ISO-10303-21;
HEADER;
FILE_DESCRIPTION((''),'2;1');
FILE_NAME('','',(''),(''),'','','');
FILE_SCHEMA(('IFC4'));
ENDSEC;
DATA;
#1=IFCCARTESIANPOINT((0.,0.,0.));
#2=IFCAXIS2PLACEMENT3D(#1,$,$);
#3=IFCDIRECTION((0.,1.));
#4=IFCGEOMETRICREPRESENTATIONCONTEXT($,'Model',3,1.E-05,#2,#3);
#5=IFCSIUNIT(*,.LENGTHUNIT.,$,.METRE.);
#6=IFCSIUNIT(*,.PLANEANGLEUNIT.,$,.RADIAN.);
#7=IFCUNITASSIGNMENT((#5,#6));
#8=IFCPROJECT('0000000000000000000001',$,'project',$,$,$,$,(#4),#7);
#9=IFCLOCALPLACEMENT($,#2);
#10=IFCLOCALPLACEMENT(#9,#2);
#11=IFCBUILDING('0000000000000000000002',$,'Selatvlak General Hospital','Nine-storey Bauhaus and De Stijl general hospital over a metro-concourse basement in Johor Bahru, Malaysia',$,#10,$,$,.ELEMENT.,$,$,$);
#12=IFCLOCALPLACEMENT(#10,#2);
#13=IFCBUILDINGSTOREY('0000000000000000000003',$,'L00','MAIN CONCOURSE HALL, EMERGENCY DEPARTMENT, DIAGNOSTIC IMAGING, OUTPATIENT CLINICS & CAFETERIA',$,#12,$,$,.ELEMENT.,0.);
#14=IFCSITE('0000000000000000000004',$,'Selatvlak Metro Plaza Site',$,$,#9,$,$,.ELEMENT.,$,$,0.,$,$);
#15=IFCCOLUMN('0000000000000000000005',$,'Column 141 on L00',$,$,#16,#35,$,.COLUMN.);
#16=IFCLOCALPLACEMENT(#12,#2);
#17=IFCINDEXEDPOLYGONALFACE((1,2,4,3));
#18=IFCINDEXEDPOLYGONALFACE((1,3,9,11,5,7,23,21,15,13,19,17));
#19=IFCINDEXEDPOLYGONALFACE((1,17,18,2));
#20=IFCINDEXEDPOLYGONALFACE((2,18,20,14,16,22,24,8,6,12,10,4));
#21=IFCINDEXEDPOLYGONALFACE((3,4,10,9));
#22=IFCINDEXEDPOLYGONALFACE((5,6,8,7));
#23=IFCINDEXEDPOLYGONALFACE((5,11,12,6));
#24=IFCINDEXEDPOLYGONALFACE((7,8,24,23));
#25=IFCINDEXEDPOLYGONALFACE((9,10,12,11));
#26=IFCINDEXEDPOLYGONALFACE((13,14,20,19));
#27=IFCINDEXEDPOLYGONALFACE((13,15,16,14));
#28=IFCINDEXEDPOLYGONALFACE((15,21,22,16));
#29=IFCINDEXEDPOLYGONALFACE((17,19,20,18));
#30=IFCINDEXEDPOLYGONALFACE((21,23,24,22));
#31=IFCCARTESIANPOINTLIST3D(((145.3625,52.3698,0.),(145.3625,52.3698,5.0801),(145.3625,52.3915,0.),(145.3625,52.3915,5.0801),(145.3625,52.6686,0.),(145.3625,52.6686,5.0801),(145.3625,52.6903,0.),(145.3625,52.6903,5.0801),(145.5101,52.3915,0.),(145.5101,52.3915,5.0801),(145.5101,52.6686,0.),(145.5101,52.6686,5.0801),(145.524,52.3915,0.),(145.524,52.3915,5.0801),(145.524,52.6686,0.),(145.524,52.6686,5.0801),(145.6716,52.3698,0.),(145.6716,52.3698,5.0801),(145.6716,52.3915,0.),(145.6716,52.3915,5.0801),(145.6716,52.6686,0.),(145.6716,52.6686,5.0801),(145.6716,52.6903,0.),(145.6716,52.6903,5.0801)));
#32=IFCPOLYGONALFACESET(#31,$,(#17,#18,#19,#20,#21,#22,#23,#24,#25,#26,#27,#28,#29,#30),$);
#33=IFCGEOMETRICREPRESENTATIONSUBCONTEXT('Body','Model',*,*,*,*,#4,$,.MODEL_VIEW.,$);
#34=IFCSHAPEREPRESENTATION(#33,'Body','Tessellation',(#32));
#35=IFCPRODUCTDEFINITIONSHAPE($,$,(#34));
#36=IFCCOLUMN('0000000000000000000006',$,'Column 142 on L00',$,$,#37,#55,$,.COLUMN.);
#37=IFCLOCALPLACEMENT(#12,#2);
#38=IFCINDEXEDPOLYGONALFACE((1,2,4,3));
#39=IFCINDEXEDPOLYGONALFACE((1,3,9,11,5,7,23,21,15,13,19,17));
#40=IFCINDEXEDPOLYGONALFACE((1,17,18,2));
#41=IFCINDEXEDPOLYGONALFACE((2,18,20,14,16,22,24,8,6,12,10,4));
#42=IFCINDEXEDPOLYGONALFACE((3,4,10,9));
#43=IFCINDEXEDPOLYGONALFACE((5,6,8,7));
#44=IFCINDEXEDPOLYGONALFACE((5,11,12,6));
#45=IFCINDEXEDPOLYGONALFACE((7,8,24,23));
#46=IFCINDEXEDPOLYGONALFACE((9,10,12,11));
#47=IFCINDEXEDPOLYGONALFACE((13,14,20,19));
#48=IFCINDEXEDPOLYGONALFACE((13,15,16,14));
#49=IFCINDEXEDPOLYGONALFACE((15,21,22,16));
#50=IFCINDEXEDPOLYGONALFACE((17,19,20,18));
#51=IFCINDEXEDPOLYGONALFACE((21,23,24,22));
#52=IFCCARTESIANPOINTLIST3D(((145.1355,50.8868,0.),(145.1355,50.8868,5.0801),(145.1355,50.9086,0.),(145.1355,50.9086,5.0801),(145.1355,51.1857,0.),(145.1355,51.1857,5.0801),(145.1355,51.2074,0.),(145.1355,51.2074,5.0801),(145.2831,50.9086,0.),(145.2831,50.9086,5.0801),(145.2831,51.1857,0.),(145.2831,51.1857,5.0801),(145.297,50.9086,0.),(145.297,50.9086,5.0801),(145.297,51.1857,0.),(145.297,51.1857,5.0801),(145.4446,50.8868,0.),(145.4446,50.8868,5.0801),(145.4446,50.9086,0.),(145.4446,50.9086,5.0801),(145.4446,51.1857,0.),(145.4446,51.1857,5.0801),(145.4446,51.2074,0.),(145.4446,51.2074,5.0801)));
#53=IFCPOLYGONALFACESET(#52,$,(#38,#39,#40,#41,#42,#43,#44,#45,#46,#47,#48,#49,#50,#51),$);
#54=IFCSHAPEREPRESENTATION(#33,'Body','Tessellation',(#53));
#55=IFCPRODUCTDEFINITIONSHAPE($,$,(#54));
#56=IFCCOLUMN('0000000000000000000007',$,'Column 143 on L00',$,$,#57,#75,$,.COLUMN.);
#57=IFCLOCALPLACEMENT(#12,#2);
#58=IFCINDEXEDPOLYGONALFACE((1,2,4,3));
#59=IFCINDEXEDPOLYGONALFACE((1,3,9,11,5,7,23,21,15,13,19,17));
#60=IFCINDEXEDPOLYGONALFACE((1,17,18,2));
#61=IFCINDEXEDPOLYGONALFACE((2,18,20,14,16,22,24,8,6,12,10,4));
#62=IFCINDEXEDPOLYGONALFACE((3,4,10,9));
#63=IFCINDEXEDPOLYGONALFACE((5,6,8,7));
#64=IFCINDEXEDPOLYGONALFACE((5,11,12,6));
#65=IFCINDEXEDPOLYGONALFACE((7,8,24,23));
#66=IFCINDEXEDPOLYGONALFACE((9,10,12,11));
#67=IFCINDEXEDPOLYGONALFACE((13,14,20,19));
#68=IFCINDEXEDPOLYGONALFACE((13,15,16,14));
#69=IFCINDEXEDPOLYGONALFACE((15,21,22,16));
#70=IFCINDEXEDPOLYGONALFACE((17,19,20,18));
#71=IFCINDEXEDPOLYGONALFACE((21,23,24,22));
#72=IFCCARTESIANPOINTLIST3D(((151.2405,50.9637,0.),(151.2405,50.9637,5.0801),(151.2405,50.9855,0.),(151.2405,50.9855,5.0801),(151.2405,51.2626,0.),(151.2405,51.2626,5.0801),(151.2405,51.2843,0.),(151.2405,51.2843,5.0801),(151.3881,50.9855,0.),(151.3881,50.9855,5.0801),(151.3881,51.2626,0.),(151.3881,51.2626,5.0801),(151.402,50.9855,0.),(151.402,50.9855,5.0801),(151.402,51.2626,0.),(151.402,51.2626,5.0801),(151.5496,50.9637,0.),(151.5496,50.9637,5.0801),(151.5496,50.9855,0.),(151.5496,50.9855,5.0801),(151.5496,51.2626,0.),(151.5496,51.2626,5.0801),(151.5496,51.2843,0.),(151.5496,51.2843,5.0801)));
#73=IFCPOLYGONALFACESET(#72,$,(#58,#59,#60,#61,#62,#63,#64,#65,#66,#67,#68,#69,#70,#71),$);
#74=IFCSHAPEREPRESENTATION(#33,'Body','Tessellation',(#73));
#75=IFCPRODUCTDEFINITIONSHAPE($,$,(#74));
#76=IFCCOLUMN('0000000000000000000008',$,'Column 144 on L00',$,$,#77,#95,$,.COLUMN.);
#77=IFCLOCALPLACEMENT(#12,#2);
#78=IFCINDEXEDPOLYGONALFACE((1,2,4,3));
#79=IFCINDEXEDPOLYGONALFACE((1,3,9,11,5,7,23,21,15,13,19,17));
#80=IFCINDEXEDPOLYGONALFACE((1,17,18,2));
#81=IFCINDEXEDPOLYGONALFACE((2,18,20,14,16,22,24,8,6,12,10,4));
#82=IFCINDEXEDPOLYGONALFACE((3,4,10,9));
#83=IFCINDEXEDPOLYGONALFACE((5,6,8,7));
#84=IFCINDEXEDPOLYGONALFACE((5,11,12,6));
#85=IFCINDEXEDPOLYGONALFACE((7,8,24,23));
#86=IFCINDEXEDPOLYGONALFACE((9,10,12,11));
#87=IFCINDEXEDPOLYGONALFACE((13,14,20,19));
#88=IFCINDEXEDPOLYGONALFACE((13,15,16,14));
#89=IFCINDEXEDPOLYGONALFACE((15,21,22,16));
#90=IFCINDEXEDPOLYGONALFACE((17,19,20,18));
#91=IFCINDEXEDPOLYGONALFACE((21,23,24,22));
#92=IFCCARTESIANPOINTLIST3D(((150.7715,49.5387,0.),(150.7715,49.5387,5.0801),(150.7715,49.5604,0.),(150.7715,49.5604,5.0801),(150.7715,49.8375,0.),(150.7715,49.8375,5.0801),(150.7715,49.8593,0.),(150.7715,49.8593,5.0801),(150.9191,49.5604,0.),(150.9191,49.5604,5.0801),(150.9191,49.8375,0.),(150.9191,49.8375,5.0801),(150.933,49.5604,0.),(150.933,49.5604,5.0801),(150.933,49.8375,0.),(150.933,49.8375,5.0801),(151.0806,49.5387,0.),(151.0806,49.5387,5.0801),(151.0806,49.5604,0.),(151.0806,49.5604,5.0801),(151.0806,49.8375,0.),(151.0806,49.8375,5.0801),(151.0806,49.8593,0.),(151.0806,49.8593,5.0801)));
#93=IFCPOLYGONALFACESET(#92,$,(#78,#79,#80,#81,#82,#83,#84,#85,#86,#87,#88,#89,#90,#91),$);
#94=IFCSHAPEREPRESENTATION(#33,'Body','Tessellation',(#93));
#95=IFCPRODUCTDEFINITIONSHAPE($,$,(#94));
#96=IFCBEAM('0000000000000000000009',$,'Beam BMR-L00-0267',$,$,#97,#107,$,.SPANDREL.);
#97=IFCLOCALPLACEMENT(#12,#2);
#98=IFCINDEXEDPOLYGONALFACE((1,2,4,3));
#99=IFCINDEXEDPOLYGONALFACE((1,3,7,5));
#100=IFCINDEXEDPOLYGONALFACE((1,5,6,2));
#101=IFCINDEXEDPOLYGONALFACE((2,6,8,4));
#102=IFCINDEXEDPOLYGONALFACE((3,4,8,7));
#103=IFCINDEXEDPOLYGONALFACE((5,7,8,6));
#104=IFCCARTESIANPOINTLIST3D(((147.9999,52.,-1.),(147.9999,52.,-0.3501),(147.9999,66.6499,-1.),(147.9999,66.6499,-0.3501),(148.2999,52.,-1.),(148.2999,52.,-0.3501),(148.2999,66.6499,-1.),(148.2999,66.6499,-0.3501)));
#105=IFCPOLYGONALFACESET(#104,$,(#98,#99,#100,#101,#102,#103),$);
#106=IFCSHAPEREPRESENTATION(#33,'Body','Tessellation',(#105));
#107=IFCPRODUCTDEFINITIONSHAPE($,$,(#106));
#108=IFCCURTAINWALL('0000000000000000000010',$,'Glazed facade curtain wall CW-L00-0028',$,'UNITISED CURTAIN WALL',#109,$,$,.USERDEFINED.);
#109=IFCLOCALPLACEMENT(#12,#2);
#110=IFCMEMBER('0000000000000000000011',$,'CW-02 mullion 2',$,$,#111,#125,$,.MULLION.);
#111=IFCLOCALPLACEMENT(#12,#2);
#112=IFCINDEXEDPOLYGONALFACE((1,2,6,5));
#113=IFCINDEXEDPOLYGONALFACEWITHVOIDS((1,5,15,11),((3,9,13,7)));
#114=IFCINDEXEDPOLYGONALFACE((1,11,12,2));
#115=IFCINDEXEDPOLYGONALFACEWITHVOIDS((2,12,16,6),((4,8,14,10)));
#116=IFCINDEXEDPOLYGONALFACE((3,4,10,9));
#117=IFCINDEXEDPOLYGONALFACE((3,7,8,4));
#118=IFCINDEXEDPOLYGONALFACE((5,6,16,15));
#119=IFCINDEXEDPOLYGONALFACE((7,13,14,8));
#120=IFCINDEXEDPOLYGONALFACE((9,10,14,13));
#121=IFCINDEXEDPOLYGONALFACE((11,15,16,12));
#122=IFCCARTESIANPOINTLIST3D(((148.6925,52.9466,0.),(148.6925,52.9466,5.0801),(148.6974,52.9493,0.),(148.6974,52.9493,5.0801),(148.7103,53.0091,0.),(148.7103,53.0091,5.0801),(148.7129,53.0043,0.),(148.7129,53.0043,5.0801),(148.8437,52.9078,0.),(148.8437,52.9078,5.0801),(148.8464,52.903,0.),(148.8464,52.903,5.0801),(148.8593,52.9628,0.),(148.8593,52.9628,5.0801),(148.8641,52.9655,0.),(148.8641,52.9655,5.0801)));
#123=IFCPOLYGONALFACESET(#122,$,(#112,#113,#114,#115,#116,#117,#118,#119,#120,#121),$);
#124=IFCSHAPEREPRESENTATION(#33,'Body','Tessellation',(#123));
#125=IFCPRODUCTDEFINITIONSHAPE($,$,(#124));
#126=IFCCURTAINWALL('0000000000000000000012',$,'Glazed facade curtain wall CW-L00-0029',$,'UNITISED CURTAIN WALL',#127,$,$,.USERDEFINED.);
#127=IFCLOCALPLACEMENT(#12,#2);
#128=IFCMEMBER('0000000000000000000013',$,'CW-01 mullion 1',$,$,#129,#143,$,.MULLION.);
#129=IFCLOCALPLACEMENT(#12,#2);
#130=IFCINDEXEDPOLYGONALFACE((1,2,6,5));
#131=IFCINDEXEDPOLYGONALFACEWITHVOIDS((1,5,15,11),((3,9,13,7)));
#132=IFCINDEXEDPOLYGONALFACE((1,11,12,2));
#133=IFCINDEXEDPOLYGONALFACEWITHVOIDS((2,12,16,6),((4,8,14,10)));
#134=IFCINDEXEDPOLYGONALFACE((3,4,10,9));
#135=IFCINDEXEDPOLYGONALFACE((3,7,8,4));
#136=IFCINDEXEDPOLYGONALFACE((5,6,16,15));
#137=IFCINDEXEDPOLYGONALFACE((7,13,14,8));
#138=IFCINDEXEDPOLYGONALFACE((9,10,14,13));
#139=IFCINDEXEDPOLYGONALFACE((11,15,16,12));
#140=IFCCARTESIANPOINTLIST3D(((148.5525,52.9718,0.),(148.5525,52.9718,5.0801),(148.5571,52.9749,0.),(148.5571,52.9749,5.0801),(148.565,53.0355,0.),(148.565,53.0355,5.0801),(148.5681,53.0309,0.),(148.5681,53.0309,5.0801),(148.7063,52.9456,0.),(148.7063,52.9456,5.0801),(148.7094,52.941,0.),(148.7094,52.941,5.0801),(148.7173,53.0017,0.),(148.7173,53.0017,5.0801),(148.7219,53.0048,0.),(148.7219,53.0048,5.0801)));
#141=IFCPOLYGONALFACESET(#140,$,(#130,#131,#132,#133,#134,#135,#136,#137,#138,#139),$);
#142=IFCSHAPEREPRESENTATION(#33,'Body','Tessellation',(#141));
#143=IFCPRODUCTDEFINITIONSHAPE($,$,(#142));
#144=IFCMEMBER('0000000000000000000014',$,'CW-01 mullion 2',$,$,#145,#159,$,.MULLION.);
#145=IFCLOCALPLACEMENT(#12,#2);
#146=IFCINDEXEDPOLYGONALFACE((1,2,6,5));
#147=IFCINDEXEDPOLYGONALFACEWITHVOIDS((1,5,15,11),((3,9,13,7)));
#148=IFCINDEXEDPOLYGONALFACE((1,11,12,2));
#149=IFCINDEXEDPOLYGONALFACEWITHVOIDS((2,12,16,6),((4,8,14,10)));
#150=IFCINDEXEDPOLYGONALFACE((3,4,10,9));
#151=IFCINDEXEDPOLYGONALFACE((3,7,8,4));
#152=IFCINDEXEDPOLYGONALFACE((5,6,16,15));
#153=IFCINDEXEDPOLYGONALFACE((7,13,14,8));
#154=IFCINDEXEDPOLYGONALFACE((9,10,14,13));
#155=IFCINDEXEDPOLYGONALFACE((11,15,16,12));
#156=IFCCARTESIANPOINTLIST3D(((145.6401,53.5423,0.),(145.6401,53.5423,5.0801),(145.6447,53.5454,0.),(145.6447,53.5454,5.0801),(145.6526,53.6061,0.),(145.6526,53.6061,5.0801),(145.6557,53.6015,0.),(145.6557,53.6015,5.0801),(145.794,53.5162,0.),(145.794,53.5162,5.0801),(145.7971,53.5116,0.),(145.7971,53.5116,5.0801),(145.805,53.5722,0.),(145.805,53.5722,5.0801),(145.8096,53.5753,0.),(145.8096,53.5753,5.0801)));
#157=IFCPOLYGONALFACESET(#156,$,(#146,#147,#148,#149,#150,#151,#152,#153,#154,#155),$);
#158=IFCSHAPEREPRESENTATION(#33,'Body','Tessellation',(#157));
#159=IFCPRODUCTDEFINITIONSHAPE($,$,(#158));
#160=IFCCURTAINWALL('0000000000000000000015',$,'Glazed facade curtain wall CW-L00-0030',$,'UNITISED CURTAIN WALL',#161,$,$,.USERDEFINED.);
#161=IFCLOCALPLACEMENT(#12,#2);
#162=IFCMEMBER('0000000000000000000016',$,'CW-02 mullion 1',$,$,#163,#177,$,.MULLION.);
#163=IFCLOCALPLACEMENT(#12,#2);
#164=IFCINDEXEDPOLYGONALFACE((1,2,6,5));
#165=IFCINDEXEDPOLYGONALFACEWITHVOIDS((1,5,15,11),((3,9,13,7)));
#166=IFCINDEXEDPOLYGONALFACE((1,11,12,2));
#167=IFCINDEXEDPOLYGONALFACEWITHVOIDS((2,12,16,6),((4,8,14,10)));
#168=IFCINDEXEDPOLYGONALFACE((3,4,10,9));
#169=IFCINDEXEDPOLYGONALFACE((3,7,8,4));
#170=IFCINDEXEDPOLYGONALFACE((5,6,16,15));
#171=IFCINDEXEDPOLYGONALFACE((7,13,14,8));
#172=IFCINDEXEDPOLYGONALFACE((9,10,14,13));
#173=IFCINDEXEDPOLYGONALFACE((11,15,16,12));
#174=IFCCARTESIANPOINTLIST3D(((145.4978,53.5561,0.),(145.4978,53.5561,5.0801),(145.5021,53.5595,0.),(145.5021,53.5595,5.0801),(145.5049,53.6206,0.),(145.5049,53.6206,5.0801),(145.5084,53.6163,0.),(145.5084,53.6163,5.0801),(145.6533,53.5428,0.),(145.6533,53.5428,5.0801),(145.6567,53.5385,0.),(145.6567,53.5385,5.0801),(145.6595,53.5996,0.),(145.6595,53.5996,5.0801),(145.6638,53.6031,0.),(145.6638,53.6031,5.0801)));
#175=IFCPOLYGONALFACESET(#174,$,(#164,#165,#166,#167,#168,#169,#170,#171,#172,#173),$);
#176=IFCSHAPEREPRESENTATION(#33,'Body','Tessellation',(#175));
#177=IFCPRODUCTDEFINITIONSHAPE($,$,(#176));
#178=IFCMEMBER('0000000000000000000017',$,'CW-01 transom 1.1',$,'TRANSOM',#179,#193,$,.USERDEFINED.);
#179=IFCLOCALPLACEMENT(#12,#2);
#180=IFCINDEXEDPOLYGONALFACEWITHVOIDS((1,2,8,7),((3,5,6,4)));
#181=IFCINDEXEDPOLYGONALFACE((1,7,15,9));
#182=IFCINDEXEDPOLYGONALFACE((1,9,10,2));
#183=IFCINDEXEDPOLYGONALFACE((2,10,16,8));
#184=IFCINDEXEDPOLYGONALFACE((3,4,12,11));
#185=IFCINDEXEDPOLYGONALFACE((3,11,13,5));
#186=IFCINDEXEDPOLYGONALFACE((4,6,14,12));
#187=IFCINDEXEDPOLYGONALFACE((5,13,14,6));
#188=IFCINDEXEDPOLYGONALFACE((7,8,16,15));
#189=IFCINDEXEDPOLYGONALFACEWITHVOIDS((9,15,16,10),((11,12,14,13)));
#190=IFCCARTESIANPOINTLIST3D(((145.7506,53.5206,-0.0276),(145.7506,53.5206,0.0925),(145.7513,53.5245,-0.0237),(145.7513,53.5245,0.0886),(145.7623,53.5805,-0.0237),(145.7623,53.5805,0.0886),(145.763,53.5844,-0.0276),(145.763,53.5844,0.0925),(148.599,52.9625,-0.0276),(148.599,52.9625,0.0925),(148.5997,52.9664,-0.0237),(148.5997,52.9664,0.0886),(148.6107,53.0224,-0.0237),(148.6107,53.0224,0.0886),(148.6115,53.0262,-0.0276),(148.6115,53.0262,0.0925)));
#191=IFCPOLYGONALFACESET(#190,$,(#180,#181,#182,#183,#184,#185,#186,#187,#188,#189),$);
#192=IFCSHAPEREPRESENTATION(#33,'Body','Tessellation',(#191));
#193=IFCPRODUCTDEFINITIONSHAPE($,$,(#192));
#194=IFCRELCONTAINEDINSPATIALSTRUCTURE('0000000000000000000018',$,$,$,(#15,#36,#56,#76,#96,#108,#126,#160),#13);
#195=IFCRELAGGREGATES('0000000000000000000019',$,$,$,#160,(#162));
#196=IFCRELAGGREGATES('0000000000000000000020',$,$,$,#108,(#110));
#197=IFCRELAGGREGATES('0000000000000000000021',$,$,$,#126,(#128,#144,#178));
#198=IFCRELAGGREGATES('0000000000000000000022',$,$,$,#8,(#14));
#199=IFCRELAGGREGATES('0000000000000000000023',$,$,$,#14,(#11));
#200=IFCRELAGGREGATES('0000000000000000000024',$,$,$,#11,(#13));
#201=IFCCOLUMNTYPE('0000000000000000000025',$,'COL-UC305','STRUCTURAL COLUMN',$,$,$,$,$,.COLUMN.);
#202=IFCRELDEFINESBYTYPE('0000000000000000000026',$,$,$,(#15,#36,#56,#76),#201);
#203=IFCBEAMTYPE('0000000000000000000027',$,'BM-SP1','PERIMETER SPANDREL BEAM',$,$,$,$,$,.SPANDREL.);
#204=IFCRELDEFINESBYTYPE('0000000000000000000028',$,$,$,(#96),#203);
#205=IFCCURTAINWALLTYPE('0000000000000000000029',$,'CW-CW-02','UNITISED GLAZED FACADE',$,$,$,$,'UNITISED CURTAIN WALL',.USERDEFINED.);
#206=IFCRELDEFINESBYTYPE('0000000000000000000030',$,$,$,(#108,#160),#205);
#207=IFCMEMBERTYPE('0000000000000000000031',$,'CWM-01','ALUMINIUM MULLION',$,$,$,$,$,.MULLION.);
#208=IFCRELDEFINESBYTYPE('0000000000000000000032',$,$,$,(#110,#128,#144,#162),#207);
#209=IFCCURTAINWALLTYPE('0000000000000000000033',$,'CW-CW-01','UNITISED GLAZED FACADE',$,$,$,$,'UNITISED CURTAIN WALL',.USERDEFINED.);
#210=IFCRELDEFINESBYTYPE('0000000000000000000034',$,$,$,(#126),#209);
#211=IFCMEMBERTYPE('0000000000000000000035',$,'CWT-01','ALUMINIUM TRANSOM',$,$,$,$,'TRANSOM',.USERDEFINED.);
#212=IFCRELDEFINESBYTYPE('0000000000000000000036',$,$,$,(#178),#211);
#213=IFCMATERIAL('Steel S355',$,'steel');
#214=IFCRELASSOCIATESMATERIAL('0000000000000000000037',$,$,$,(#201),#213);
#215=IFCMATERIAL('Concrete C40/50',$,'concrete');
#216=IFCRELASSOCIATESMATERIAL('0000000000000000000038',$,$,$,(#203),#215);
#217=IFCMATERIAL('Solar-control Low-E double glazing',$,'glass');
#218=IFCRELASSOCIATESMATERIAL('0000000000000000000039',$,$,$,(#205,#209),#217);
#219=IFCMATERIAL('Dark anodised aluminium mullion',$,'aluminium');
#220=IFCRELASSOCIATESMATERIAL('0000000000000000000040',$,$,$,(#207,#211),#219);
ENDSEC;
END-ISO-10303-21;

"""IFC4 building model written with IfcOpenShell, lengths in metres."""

from ifc_helpers import new_model, si_unit, direction, frame, origin, origin_2d, place, context, subcontext, project, spatial, rectangle, hollow_rectangle, i_section, extrude, material, material_profile, profile_set, type_object, element, aggregate, save


model = new_model("IFC4")

# Units and contexts
model_context = context("Model", 3, precision=1e-05, world=origin(), true_north=direction((0.0, 1.0)))
body_context = subcontext(model_context, "Body", "Model", "MODEL_VIEW")
ifc_project = project(units=[si_unit("LENGTHUNIT", "METRE"), si_unit("PLANEANGLEUNIT", "RADIAN")], contexts=[model_context])

# Site, building, storey
site_placement = place(None, origin())
site = spatial("IfcSite", under=ifc_project, at=site_placement, Name="Selatvlak Metro Plaza Site", CompositionType="ELEMENT", RefElevation=0.0)
building_placement = place(site_placement, origin())
building = spatial("IfcBuilding", under=site, at=building_placement, Name="Selatvlak General Hospital", Description="Nine-storey Bauhaus and De Stijl general hospital over a metro-concourse basement in Johor Bahru, Malaysia", CompositionType="ELEMENT")
storey_placement = place(building_placement, origin())
storey = spatial("IfcBuildingStorey", under=building, at=storey_placement, Name="L00", Description="MAIN CONCOURSE HALL, EMERGENCY DEPARTMENT, DIAGNOSTIC IMAGING, OUTPATIENT CLINICS & CAFETERIA", CompositionType="ELEMENT", Elevation=0.0)

# Columns
ifc_material_1 = material(Name="Steel S355", Category="steel")
ifc_material_profile_1 = material_profile(ifc_material_1, i_section(OverallWidth=0.3091, OverallDepth=0.3206, WebThickness=0.0139, FlangeThickness=0.0217, at=origin_2d()), Name="UC 305x305x137")
ifc_profile_set_1 = profile_set([ifc_material_profile_1], Name="Steel S355")
column_type = type_object("IfcColumnType", Name="COL-UC305", Description="STRUCTURAL COLUMN", PredefinedType="COLUMN", material=ifc_profile_set_1)
for number, where, z_axis, x_axis, name in (
    (1, (145.5171, 52.53, 0.0), (0.0, 0.0, 1.0), (1.0, 0.0, 0.0), "Column 141 on L00"),
    (2, (145.29, 51.0471, 0.0), (0.0, 0.0, 1.0), (1.0, 0.0, 0.0), "Column 142 on L00"),
    (3, (151.395, 51.124, 0.0), (0.0, 0.0, 1.0), (1.0, 0.0, 0.0), "Column 143 on L00"),
    (4, (150.926, 49.699, 0.0), (0.0, 0.0, 1.0), (1.0, 0.0, 0.0), "Column 144 on L00"),
):
    element("IfcColumn", number, at=place(storey_placement, frame(where, z_axis=z_axis, x_axis=x_axis)), inside=storey, type_object=column_type, Name=name, PredefinedType="COLUMN", context=body_context, shape_type="SweptSolid", body=[
        extrude(i_section(OverallWidth=0.3091, OverallDepth=0.3206, WebThickness=0.0139, FlangeThickness=0.0217, at=origin_2d()), origin(), (0.0, 0.0, 1.0), 5.0801),
    ])

# Beam
ifc_material_2 = material(Name="Concrete C40/50", Category="concrete")
ifc_material_profile_2 = material_profile(ifc_material_2, rectangle(XDim=0.3, YDim=0.6499, at=origin_2d()), Name="RC-SP 300x650")
ifc_profile_set_2 = profile_set([ifc_material_profile_2], Name="Concrete C40/50")
beam_type = type_object("IfcBeamType", Name="BM-SP1", Description="PERIMETER SPANDREL BEAM", PredefinedType="SPANDREL", material=ifc_profile_set_2)
beam_placement = place(storey_placement, frame((148.1499, 52.0, -0.675), z_axis=(0.0, 1.0, 0.0), x_axis=(-1.0, 0.0, 0.0)))
element("IfcBeam", 5, at=beam_placement, inside=storey, type_object=beam_type, Name="Beam BMR-L00-0267", PredefinedType="SPANDREL", context=body_context, shape_type="SweptSolid", body=[
    extrude(rectangle(XDim=0.3, YDim=0.6499, at=origin_2d()), origin(), (0.0, 0.0, 1.0), 14.6499),
])

# Curtain wall, member
ifc_material_3 = material(Name="Solar-control Low-E double glazing", Category="glass")
curtain_wall_type_1 = type_object("IfcCurtainWallType", Name="CW-CW-02", Description="UNITISED GLAZED FACADE", ElementType="UNITISED CURTAIN WALL", PredefinedType="USERDEFINED", material=ifc_material_3)
curtain_wall_1_placement = place(storey_placement, origin())
curtain_wall_1 = element("IfcCurtainWall", 6, at=curtain_wall_1_placement, inside=storey, type_object=curtain_wall_type_1, Name="Glazed facade curtain wall CW-L00-0028", ObjectType="UNITISED CURTAIN WALL", PredefinedType="USERDEFINED")
ifc_material_4 = material(Name="Dark anodised aluminium mullion", Category="aluminium")
ifc_material_profile_3 = material_profile(ifc_material_4, hollow_rectangle(XDim=0.0649, YDim=0.1599, WallThickness=0.0039, at=origin_2d()), Name="AL-MUL 65x160x4")
ifc_profile_set_3 = profile_set([ifc_material_profile_3], Name="Dark anodised aluminium mullion")
member_type_1 = type_object("IfcMemberType", Name="CWM-01", Description="ALUMINIUM MULLION", PredefinedType="MULLION", material=ifc_profile_set_3)
member_1_placement = place(storey_placement, frame((148.7783, 52.9561, 0.0), z_axis=(0.0, 0.0, 1.0), x_axis=(-0.272847, -0.962057, 0.0)))
member_1 = element("IfcMember", 7, at=member_1_placement, type_object=member_type_1, Name="CW-02 mullion 2", PredefinedType="MULLION", context=body_context, shape_type="SweptSolid", body=[
    extrude(hollow_rectangle(XDim=0.0649, YDim=0.1599, WallThickness=0.0039, at=origin_2d()), origin(), (0.0, 0.0, 1.0), 5.0801),
])

# Curtain wall, members
curtain_wall_type_2 = type_object("IfcCurtainWallType", Name="CW-CW-01", Description="UNITISED GLAZED FACADE", ElementType="UNITISED CURTAIN WALL", PredefinedType="USERDEFINED", material=ifc_material_3)
curtain_wall_2_placement = place(storey_placement, origin())
curtain_wall_2 = element("IfcCurtainWall", 8, at=curtain_wall_2_placement, inside=storey, type_object=curtain_wall_type_2, Name="Glazed facade curtain wall CW-L00-0029", ObjectType="UNITISED CURTAIN WALL", PredefinedType="USERDEFINED")
member_2_placement = place(storey_placement, frame((148.6372, 52.9883, 0.0), z_axis=(0.0, 0.0, 1.0), x_axis=(-0.192246, -0.981347, 0.0)))
member_2 = element("IfcMember", 9, at=member_2_placement, type_object=member_type_1, Name="CW-01 mullion 1", PredefinedType="MULLION", context=body_context, shape_type="SweptSolid", body=[
    extrude(hollow_rectangle(XDim=0.0649, YDim=0.1599, WallThickness=0.0039, at=origin_2d()), origin(), (0.0, 0.0, 1.0), 5.0801),
])
member_3_placement = place(storey_placement, frame((145.7249, 53.5588, 0.0), z_axis=(0.0, 0.0, 1.0), x_axis=(-0.192246, -0.981347, 0.0)))
member_3 = element("IfcMember", 10, at=member_3_placement, type_object=member_type_1, Name="CW-01 mullion 2", PredefinedType="MULLION", context=body_context, shape_type="SweptSolid", body=[
    extrude(hollow_rectangle(XDim=0.0649, YDim=0.1599, WallThickness=0.0039, at=origin_2d()), origin(), (0.0, 0.0, 1.0), 5.0801),
])

# Curtain wall, member
curtain_wall_3_placement = place(storey_placement, origin())
curtain_wall_3 = element("IfcCurtainWall", 11, at=curtain_wall_3_placement, inside=storey, type_object=curtain_wall_type_1, Name="Glazed facade curtain wall CW-L00-0030", ObjectType="UNITISED CURTAIN WALL", PredefinedType="USERDEFINED")
member_4_placement = place(storey_placement, frame((145.5808, 53.5796, 0.0), z_axis=(0.0, 0.0, 1.0), x_axis=(-0.10978, -0.993956, 0.0)))
member_4 = element("IfcMember", 12, at=member_4_placement, type_object=member_type_1, Name="CW-02 mullion 1", PredefinedType="MULLION", context=body_context, shape_type="SweptSolid", body=[
    extrude(hollow_rectangle(XDim=0.0649, YDim=0.1599, WallThickness=0.0039, at=origin_2d()), origin(), (0.0, 0.0, 1.0), 5.0801),
])

# Member
ifc_material_profile_4 = material_profile(ifc_material_4, hollow_rectangle(XDim=0.0649, YDim=0.1201, WallThickness=0.0039, at=origin_2d()), Name="AL-TRN 65x120x4")
ifc_profile_set_4 = profile_set([ifc_material_profile_4], Name="Dark anodised aluminium mullion")
member_type_2 = type_object("IfcMemberType", Name="CWT-01", Description="ALUMINIUM TRANSOM", ElementType="TRANSOM", PredefinedType="USERDEFINED", material=ifc_profile_set_4)
member_5_placement = place(storey_placement, frame((148.6052, 52.9944, 0.0325), z_axis=(-0.98134, 0.192281, 0.0), x_axis=(-0.192281, -0.98134, 0.0)))
member_5 = element("IfcMember", 13, at=member_5_placement, type_object=member_type_2, Name="CW-01 transom 1.1", ObjectType="TRANSOM", PredefinedType="USERDEFINED", context=body_context, shape_type="SweptSolid", body=[
    extrude(hollow_rectangle(XDim=0.0649, YDim=0.1201, WallThickness=0.0039, at=origin_2d()), origin(), (0.0, 0.0, 1.0), 2.9026),
])
aggregate(curtain_wall_3, [member_4])

aggregate(curtain_wall_1, [member_1])
aggregate(curtain_wall_2, [member_2, member_3, member_5])

save(model, "model.ifc")
